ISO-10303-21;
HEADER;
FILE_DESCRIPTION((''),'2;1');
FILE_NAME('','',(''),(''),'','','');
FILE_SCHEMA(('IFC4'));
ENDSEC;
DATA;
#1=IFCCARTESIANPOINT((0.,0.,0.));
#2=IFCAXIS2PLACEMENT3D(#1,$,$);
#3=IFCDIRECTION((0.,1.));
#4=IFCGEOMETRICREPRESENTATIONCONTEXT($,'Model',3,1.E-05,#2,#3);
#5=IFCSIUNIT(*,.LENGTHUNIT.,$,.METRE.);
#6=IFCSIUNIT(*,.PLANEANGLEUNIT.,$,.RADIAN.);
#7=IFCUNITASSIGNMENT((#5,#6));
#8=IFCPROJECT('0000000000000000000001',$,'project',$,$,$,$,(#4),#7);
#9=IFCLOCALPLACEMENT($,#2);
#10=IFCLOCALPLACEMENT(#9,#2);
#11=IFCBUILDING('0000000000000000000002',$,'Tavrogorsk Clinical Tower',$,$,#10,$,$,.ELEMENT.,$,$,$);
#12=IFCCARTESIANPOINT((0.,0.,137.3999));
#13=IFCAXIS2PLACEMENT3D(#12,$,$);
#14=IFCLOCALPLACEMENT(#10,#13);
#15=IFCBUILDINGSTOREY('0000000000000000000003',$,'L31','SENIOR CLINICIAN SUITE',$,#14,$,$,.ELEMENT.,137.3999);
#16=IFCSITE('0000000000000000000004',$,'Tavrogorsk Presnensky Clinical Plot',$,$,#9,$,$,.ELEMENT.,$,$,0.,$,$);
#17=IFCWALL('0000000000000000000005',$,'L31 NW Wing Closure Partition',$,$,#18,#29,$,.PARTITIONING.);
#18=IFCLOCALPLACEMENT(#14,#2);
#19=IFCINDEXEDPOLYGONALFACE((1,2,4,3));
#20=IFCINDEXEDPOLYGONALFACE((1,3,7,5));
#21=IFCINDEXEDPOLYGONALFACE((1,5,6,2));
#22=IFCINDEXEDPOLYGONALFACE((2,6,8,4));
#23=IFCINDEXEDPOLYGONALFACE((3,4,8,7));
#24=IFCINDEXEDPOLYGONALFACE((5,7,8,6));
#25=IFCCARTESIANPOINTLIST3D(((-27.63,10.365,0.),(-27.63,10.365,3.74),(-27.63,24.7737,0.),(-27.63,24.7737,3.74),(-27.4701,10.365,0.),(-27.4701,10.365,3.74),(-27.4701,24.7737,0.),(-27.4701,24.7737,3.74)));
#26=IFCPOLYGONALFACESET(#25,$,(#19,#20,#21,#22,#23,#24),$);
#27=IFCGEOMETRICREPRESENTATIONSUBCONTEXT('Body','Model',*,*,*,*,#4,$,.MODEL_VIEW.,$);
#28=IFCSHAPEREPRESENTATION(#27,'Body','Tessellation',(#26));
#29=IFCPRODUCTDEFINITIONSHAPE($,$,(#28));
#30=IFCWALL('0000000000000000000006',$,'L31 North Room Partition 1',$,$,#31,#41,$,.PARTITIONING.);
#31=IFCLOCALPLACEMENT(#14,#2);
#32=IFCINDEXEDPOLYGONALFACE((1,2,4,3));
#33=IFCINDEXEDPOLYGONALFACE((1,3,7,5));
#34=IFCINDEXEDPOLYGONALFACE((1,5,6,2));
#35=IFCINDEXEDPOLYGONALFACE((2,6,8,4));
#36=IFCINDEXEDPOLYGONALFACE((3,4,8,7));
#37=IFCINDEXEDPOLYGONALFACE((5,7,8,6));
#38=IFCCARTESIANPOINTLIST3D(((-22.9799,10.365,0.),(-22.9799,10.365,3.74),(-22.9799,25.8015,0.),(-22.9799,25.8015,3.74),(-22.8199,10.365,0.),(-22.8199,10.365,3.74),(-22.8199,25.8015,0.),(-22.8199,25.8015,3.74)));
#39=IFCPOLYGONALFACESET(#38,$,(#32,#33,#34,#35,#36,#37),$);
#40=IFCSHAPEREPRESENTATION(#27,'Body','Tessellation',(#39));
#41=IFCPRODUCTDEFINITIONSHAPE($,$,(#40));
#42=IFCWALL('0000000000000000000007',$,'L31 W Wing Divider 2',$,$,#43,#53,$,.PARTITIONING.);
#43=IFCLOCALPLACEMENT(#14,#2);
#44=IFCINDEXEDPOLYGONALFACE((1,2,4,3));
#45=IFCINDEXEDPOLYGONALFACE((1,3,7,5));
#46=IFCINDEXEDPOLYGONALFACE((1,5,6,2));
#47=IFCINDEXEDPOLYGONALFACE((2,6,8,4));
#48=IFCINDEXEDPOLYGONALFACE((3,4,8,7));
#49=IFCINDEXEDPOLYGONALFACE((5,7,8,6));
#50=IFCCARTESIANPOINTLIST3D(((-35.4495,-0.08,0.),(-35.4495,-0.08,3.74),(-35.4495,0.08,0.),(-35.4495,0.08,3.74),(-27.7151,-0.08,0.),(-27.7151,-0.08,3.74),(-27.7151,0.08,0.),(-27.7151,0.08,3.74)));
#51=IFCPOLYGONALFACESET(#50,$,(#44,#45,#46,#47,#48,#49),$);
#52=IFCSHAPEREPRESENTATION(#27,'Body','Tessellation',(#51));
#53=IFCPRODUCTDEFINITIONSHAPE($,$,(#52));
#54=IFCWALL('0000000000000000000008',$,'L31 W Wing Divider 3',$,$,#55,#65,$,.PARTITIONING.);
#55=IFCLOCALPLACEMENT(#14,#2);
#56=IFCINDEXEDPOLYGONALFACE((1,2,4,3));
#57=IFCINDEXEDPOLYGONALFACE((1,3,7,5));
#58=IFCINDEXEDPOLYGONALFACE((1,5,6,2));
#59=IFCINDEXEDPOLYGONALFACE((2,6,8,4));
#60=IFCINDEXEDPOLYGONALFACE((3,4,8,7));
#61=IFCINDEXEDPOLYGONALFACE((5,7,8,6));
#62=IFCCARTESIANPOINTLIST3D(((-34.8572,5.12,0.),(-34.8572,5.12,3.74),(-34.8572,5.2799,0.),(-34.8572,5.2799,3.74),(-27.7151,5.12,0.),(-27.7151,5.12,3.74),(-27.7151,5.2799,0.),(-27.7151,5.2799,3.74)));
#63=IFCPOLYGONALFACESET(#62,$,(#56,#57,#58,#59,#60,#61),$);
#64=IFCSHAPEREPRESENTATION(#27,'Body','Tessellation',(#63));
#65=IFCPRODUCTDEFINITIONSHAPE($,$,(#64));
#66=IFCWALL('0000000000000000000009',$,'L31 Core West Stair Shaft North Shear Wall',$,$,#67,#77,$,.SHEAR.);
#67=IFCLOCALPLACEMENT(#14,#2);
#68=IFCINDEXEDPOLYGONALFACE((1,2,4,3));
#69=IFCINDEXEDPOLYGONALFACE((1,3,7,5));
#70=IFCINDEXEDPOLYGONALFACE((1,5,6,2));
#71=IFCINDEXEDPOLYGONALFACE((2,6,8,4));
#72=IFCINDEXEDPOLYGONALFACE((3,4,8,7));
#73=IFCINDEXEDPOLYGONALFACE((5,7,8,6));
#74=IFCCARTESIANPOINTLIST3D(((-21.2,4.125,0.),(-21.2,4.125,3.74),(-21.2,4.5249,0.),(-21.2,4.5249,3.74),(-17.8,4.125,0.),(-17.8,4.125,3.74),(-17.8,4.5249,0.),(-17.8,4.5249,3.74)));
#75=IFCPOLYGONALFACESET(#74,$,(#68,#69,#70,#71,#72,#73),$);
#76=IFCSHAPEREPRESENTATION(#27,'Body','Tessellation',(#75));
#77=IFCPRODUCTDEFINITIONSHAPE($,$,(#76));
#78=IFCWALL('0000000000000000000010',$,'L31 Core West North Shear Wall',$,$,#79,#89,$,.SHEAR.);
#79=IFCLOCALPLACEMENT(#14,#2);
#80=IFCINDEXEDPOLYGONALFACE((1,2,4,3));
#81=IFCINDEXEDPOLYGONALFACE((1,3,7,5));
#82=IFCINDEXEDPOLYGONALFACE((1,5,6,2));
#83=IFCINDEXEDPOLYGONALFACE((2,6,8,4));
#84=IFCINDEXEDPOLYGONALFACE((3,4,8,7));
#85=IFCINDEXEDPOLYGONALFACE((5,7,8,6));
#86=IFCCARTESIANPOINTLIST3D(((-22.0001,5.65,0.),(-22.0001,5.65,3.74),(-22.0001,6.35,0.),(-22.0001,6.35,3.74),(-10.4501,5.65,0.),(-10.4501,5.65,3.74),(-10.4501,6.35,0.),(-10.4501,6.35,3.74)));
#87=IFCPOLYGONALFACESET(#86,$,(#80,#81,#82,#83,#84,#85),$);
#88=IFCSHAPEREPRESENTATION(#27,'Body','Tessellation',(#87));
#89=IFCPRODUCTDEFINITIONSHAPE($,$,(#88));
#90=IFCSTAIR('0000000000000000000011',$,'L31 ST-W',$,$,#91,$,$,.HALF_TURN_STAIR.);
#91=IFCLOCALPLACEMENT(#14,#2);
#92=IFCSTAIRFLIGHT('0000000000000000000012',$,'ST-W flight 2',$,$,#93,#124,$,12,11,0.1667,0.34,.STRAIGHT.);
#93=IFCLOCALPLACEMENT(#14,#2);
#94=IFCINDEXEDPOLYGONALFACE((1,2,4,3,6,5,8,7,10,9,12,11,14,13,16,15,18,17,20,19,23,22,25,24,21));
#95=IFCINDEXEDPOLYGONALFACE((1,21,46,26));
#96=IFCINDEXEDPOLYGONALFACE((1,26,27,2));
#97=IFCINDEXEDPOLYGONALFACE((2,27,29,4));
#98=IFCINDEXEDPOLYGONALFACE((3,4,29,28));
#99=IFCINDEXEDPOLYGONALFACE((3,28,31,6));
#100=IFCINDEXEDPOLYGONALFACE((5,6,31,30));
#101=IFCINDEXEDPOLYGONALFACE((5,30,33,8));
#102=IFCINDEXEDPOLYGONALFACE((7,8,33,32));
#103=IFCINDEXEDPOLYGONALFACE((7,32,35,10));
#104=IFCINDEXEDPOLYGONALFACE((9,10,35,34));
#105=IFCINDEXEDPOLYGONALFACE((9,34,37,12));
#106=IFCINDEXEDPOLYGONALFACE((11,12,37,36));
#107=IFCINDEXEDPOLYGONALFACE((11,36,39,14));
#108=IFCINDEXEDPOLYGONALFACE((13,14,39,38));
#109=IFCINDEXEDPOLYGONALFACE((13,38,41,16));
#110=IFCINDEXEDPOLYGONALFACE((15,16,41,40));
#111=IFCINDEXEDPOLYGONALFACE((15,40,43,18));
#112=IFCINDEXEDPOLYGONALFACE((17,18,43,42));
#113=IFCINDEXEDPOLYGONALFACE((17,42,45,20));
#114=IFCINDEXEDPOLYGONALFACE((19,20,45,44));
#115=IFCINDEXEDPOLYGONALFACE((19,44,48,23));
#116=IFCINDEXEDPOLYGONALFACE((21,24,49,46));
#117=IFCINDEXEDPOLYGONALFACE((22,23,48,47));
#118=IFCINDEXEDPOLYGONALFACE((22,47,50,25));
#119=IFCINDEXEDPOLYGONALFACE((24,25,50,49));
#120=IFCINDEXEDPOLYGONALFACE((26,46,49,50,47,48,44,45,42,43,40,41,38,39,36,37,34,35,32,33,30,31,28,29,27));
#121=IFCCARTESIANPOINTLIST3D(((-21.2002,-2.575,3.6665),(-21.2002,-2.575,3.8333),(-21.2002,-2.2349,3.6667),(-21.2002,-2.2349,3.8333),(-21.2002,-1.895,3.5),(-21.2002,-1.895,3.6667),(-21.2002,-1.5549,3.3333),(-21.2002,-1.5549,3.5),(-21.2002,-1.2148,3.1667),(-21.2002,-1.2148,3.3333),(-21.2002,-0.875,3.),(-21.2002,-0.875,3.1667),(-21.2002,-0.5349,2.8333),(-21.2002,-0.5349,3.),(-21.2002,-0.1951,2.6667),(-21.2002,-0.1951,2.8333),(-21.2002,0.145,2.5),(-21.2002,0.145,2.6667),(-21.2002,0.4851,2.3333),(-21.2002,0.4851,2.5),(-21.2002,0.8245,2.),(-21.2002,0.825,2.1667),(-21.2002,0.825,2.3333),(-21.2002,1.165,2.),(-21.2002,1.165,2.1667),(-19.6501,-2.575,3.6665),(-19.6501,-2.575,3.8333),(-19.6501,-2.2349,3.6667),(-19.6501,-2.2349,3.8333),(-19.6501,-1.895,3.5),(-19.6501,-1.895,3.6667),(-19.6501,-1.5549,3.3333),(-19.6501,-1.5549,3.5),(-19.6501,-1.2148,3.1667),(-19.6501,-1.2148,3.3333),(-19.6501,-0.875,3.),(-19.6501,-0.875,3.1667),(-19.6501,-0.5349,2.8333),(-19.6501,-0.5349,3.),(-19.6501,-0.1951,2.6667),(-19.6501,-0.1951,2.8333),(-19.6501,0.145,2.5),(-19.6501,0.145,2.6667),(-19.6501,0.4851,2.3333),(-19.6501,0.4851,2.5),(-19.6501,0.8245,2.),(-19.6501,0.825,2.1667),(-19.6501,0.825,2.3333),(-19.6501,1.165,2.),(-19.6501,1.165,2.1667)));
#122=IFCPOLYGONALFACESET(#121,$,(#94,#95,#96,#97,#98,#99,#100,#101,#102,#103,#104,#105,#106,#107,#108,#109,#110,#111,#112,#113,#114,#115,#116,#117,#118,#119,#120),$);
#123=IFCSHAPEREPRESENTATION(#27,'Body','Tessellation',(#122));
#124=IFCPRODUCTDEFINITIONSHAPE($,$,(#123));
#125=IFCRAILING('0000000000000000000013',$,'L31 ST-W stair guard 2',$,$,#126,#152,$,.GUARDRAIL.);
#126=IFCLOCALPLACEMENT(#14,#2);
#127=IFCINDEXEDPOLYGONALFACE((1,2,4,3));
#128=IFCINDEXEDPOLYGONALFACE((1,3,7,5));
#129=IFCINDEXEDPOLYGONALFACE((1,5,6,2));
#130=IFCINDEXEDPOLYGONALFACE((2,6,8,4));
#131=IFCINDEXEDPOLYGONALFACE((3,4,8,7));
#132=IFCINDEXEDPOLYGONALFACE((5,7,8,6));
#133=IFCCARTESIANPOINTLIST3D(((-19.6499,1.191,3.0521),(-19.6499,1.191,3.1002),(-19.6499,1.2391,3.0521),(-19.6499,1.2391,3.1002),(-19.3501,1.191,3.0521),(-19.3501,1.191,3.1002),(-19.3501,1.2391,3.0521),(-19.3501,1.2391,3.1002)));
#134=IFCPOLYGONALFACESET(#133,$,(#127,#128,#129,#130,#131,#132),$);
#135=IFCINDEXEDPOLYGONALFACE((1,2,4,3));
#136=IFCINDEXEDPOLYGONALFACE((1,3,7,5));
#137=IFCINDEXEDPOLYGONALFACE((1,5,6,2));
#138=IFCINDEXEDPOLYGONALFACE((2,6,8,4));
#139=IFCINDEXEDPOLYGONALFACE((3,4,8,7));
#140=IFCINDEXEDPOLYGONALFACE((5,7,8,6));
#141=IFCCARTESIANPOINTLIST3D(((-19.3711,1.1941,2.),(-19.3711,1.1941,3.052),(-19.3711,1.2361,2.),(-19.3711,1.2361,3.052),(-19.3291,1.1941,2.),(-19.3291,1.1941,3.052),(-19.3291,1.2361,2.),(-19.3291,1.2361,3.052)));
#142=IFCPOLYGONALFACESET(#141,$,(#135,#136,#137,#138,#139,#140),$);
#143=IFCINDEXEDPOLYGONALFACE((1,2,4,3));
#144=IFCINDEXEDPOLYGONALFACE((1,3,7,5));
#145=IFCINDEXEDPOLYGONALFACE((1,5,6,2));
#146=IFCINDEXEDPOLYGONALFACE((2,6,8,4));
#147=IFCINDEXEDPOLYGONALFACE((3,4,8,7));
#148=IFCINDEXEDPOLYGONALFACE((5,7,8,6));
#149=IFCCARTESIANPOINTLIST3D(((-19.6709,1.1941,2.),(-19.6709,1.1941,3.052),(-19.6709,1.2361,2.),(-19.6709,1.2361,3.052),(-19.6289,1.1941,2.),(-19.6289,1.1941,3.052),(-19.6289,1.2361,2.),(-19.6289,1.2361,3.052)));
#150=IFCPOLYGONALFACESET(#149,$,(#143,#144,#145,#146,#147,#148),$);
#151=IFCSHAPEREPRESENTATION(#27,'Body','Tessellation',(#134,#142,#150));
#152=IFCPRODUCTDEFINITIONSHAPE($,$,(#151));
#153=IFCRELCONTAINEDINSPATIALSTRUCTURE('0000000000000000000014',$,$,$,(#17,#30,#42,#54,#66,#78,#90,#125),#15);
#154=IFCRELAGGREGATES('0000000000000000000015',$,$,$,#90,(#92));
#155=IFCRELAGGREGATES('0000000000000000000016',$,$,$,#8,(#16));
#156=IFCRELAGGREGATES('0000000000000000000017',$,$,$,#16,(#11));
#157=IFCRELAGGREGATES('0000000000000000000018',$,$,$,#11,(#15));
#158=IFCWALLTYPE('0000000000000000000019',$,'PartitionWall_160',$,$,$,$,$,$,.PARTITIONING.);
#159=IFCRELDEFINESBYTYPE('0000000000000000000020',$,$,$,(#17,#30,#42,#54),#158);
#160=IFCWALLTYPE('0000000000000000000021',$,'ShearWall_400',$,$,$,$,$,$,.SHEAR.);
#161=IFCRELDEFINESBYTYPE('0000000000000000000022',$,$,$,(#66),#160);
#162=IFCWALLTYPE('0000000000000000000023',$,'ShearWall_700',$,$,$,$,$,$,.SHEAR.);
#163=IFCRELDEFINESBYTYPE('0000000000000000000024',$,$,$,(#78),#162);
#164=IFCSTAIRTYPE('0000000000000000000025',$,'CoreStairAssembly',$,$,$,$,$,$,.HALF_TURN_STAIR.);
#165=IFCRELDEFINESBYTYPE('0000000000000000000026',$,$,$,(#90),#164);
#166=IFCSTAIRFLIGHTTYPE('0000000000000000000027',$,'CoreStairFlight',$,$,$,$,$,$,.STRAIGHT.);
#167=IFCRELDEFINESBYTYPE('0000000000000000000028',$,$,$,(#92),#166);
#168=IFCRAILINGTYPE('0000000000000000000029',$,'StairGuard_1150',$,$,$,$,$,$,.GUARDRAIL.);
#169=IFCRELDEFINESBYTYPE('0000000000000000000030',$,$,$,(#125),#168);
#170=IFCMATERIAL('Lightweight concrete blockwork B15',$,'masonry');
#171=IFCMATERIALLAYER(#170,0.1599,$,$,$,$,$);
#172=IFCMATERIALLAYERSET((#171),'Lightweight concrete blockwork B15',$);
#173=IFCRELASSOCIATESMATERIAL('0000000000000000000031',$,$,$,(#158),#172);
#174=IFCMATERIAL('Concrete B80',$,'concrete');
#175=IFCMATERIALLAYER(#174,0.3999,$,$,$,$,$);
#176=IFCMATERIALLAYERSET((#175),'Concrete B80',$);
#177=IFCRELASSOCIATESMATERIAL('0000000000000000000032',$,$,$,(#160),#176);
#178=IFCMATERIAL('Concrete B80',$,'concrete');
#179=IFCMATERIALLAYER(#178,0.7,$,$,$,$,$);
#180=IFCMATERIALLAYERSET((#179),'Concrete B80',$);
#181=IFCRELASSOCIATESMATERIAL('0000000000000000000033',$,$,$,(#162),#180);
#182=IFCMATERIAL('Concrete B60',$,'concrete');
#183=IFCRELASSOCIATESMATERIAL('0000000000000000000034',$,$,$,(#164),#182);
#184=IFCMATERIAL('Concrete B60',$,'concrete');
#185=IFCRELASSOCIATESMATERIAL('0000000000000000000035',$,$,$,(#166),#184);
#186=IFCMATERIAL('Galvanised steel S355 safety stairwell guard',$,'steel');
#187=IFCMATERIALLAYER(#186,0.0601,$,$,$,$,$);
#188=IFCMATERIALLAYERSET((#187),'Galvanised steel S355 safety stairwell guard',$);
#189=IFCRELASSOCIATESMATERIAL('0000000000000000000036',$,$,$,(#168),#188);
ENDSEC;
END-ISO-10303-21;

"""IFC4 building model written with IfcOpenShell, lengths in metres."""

from ifc_helpers import new_model, si_unit, direction, frame, frame_2d, origin, origin_2d, place, context, subcontext, project, spatial, polyline, rectangle, outline, extrude, material, layer, layer_set, type_object, element, aggregate, save


model = new_model("IFC4")

# Units and contexts
model_context = context("Model", 3, precision=1e-05, world=origin(), true_north=direction((0.0, 1.0)))
body_context = subcontext(model_context, "Body", "Model", "MODEL_VIEW")
ifc_project = project(units=[si_unit("LENGTHUNIT", "METRE"), si_unit("PLANEANGLEUNIT", "RADIAN")], contexts=[model_context])

# Site, building, storey
site_placement = place(None, origin())
site = spatial("IfcSite", under=ifc_project, at=site_placement, Name="Tavrogorsk Presnensky Clinical Plot", CompositionType="ELEMENT", RefElevation=0.0)
building_placement = place(site_placement, origin())
building = spatial("IfcBuilding", under=site, at=building_placement, Name="Tavrogorsk Clinical Tower", CompositionType="ELEMENT")
storey_placement = place(building_placement, frame((0.0, 0.0, 137.3999)))
storey = spatial("IfcBuildingStorey", under=building, at=storey_placement, Name="L31", Description="SENIOR CLINICIAN SUITE", CompositionType="ELEMENT", Elevation=137.3999)

# Shared definitions
ifc_material_1 = material(Name="Lightweight concrete blockwork B15", Category="masonry")
ifc_layer_1 = layer(ifc_material_1, 0.1599)
ifc_layer_set_1 = layer_set([ifc_layer_1], Name="Lightweight concrete blockwork B15")
wall_type_1 = type_object("IfcWallType", Name="PartitionWall_160", PredefinedType="PARTITIONING", material=ifc_layer_set_1)

# Walls
wall_1_placement = place(storey_placement, frame((-27.55, 10.365, 0.0), z_axis=(0.0, 0.0, 1.0), x_axis=(0.0, 1.0, 0.0)))
element("IfcWall", 1, at=wall_1_placement, inside=storey, type_object=wall_type_1, Name="L31 NW Wing Closure Partition", PredefinedType="PARTITIONING", context=body_context, shape_type="SweptSolid", body=[
    extrude(rectangle(XDim=14.4087, YDim=0.1599, at=frame_2d((7.2043, 0.0))), origin(), (0.0, 0.0, 1.0), 3.74),
])
wall_2_placement = place(storey_placement, frame((-22.8999, 10.365, 0.0), z_axis=(0.0, 0.0, 1.0), x_axis=(0.0, 1.0, 0.0)))
element("IfcWall", 2, at=wall_2_placement, inside=storey, type_object=wall_type_1, Name="L31 North Room Partition 1", PredefinedType="PARTITIONING", context=body_context, shape_type="SweptSolid", body=[
    extrude(rectangle(XDim=15.4365, YDim=0.1599, at=frame_2d((7.7183, 0.0))), origin(), (0.0, 0.0, 1.0), 3.74),
])
wall_3_placement = place(storey_placement, frame((-35.4495, 0.0, 0.0), z_axis=(0.0, 0.0, 1.0), x_axis=(1.0, 0.0, 0.0)))
element("IfcWall", 3, at=wall_3_placement, inside=storey, type_object=wall_type_1, Name="L31 W Wing Divider 2", PredefinedType="PARTITIONING", context=body_context, shape_type="SweptSolid", body=[
    extrude(rectangle(XDim=7.7344, YDim=0.1599, at=frame_2d((3.8672, 0.0))), origin(), (0.0, 0.0, 1.0), 3.74),
])
wall_4_placement = place(storey_placement, frame((-34.8572, 5.2, 0.0), z_axis=(0.0, 0.0, 1.0), x_axis=(1.0, 0.0, 0.0)))
element("IfcWall", 4, at=wall_4_placement, inside=storey, type_object=wall_type_1, Name="L31 W Wing Divider 3", PredefinedType="PARTITIONING", context=body_context, shape_type="SweptSolid", body=[
    extrude(rectangle(XDim=7.1421, YDim=0.1599, at=frame_2d((3.571, 0.0))), origin(), (0.0, 0.0, 1.0), 3.74),
])
ifc_material_2 = material(Name="Concrete B80", Category="concrete")
ifc_layer_2 = layer(ifc_material_2, 0.3999)
ifc_layer_set_2 = layer_set([ifc_layer_2], Name="Concrete B80")
wall_type_2 = type_object("IfcWallType", Name="ShearWall_400", PredefinedType="SHEAR", material=ifc_layer_set_2)
wall_5_placement = place(storey_placement, frame((-21.2, 4.325, 0.0), z_axis=(0.0, 0.0, 1.0), x_axis=(1.0, 0.0, 0.0)))
element("IfcWall", 5, at=wall_5_placement, inside=storey, type_object=wall_type_2, Name="L31 Core West Stair Shaft North Shear Wall", PredefinedType="SHEAR", context=body_context, shape_type="SweptSolid", body=[
    extrude(rectangle(XDim=3.3999, YDim=0.3999, at=frame_2d((1.7, 0.0))), origin(), (0.0, 0.0, 1.0), 3.74),
])
ifc_material_3 = material(Name="Concrete B80", Category="concrete")
ifc_layer_3 = layer(ifc_material_3, 0.7)
ifc_layer_set_3 = layer_set([ifc_layer_3], Name="Concrete B80")
wall_type_3 = type_object("IfcWallType", Name="ShearWall_700", PredefinedType="SHEAR", material=ifc_layer_set_3)
wall_6_placement = place(storey_placement, frame((-22.0, 6.0, 0.0), z_axis=(0.0, 0.0, 1.0), x_axis=(1.0, 0.0, 0.0)))
element("IfcWall", 6, at=wall_6_placement, inside=storey, type_object=wall_type_3, Name="L31 Core West North Shear Wall", PredefinedType="SHEAR", context=body_context, shape_type="SweptSolid", body=[
    extrude(rectangle(XDim=11.55, YDim=0.7, at=frame_2d((5.7749, 0.0))), origin(), (0.0, 0.0, 1.0), 3.74),
])

# Stair, stair flight
ifc_material_4 = material(Name="Concrete B60", Category="concrete")
stair_type = type_object("IfcStairType", Name="CoreStairAssembly", PredefinedType="HALF_TURN_STAIR", material=ifc_material_4)
stair_placement = place(storey_placement, origin())
stair = element("IfcStair", 7, at=stair_placement, inside=storey, type_object=stair_type, Name="L31 ST-W", PredefinedType="HALF_TURN_STAIR")
ifc_material_5 = material(Name="Concrete B60", Category="concrete")
stair_flight_type = type_object("IfcStairFlightType", Name="CoreStairFlight", PredefinedType="STRAIGHT", material=ifc_material_5)
stair_flight_placement = place(storey_placement, frame((-20.425, 1.165, 2.0), z_axis=(0.0, 0.0, 1.0), x_axis=(0.0, -1.0, 0.0)))
stair_flight = element("IfcStairFlight", 8, at=stair_flight_placement, type_object=stair_flight_type, Name="ST-W flight 2", NumberOfRisers=12, NumberOfTreads=11, PredefinedType="STRAIGHT", RiserHeight=0.1667, TreadLength=0.34, context=body_context, shape_type="SweptSolid", body=[
    extrude(outline(polyline([(0.0, 0.0), (0.0, 0.1667), (0.3401, 0.1667), (0.3401, 0.3333), (0.6799, 0.3333), (0.6799, 0.5), (1.02, 0.5), (1.02, 0.6667), (1.3601, 0.6667), (1.3601, 0.8333), (1.7, 0.8333), (1.7, 1.0), (2.04, 1.0), (2.04, 1.1667), (2.3799, 1.1667), (2.3799, 1.3333), (2.72, 1.3333), (2.72, 1.5), (3.0601, 1.5), (3.0601, 1.6667), (3.3999, 1.6667), (3.3999, 1.8333), (3.74, 1.8333), (3.74, 2.0), (3.74, 1.6665), (0.3406, 0.0), (0.0, 0.0)])), frame((0.0, 0.7749, 0.0), z_axis=(0.0, -1.0, 0.0), x_axis=(1.0, 0.0, 0.0)), (0.0, 0.0, 1.0), 1.55),
])
aggregate(stair, [stair_flight])

# Railing
ifc_material_6 = material(Name="Galvanised steel S355 safety stairwell guard", Category="steel")
ifc_layer_4 = layer(ifc_material_6, 0.0601)
ifc_layer_set_4 = layer_set([ifc_layer_4], Name="Galvanised steel S355 safety stairwell guard")
railing_type_1 = type_object("IfcRailingType", Name="StairGuard_1150", PredefinedType="GUARDRAIL", material=ifc_layer_set_4)
railing_1_placement = place(storey_placement, frame((-19.3501, 1.2151, 2.0)))
element("IfcRailing", 9, at=railing_1_placement, inside=storey, type_object=railing_type_1, Name="L31 ST-W stair guard 2", PredefinedType="GUARDRAIL", context=body_context, shape_type="SweptSolid", body=[
    extrude(rectangle(XDim=0.0481, YDim=0.0481, at=origin_2d()), frame((0.0, 0.0, 1.0762), z_axis=(-1.0, 0.0, 0.0), x_axis=(0.0, -1.0, 0.0)), (0.0, 0.0, 1.0), 0.2998),
    extrude(rectangle(XDim=0.042, YDim=0.042, at=origin_2d()), origin(), (0.0, 0.0, 1.0), 1.052),
    extrude(rectangle(XDim=0.042, YDim=0.042, at=origin_2d()), frame((-0.2998, 0.0, 0.0)), (0.0, 0.0, 1.0), 1.052),
])

save(model, "model.ifc")
